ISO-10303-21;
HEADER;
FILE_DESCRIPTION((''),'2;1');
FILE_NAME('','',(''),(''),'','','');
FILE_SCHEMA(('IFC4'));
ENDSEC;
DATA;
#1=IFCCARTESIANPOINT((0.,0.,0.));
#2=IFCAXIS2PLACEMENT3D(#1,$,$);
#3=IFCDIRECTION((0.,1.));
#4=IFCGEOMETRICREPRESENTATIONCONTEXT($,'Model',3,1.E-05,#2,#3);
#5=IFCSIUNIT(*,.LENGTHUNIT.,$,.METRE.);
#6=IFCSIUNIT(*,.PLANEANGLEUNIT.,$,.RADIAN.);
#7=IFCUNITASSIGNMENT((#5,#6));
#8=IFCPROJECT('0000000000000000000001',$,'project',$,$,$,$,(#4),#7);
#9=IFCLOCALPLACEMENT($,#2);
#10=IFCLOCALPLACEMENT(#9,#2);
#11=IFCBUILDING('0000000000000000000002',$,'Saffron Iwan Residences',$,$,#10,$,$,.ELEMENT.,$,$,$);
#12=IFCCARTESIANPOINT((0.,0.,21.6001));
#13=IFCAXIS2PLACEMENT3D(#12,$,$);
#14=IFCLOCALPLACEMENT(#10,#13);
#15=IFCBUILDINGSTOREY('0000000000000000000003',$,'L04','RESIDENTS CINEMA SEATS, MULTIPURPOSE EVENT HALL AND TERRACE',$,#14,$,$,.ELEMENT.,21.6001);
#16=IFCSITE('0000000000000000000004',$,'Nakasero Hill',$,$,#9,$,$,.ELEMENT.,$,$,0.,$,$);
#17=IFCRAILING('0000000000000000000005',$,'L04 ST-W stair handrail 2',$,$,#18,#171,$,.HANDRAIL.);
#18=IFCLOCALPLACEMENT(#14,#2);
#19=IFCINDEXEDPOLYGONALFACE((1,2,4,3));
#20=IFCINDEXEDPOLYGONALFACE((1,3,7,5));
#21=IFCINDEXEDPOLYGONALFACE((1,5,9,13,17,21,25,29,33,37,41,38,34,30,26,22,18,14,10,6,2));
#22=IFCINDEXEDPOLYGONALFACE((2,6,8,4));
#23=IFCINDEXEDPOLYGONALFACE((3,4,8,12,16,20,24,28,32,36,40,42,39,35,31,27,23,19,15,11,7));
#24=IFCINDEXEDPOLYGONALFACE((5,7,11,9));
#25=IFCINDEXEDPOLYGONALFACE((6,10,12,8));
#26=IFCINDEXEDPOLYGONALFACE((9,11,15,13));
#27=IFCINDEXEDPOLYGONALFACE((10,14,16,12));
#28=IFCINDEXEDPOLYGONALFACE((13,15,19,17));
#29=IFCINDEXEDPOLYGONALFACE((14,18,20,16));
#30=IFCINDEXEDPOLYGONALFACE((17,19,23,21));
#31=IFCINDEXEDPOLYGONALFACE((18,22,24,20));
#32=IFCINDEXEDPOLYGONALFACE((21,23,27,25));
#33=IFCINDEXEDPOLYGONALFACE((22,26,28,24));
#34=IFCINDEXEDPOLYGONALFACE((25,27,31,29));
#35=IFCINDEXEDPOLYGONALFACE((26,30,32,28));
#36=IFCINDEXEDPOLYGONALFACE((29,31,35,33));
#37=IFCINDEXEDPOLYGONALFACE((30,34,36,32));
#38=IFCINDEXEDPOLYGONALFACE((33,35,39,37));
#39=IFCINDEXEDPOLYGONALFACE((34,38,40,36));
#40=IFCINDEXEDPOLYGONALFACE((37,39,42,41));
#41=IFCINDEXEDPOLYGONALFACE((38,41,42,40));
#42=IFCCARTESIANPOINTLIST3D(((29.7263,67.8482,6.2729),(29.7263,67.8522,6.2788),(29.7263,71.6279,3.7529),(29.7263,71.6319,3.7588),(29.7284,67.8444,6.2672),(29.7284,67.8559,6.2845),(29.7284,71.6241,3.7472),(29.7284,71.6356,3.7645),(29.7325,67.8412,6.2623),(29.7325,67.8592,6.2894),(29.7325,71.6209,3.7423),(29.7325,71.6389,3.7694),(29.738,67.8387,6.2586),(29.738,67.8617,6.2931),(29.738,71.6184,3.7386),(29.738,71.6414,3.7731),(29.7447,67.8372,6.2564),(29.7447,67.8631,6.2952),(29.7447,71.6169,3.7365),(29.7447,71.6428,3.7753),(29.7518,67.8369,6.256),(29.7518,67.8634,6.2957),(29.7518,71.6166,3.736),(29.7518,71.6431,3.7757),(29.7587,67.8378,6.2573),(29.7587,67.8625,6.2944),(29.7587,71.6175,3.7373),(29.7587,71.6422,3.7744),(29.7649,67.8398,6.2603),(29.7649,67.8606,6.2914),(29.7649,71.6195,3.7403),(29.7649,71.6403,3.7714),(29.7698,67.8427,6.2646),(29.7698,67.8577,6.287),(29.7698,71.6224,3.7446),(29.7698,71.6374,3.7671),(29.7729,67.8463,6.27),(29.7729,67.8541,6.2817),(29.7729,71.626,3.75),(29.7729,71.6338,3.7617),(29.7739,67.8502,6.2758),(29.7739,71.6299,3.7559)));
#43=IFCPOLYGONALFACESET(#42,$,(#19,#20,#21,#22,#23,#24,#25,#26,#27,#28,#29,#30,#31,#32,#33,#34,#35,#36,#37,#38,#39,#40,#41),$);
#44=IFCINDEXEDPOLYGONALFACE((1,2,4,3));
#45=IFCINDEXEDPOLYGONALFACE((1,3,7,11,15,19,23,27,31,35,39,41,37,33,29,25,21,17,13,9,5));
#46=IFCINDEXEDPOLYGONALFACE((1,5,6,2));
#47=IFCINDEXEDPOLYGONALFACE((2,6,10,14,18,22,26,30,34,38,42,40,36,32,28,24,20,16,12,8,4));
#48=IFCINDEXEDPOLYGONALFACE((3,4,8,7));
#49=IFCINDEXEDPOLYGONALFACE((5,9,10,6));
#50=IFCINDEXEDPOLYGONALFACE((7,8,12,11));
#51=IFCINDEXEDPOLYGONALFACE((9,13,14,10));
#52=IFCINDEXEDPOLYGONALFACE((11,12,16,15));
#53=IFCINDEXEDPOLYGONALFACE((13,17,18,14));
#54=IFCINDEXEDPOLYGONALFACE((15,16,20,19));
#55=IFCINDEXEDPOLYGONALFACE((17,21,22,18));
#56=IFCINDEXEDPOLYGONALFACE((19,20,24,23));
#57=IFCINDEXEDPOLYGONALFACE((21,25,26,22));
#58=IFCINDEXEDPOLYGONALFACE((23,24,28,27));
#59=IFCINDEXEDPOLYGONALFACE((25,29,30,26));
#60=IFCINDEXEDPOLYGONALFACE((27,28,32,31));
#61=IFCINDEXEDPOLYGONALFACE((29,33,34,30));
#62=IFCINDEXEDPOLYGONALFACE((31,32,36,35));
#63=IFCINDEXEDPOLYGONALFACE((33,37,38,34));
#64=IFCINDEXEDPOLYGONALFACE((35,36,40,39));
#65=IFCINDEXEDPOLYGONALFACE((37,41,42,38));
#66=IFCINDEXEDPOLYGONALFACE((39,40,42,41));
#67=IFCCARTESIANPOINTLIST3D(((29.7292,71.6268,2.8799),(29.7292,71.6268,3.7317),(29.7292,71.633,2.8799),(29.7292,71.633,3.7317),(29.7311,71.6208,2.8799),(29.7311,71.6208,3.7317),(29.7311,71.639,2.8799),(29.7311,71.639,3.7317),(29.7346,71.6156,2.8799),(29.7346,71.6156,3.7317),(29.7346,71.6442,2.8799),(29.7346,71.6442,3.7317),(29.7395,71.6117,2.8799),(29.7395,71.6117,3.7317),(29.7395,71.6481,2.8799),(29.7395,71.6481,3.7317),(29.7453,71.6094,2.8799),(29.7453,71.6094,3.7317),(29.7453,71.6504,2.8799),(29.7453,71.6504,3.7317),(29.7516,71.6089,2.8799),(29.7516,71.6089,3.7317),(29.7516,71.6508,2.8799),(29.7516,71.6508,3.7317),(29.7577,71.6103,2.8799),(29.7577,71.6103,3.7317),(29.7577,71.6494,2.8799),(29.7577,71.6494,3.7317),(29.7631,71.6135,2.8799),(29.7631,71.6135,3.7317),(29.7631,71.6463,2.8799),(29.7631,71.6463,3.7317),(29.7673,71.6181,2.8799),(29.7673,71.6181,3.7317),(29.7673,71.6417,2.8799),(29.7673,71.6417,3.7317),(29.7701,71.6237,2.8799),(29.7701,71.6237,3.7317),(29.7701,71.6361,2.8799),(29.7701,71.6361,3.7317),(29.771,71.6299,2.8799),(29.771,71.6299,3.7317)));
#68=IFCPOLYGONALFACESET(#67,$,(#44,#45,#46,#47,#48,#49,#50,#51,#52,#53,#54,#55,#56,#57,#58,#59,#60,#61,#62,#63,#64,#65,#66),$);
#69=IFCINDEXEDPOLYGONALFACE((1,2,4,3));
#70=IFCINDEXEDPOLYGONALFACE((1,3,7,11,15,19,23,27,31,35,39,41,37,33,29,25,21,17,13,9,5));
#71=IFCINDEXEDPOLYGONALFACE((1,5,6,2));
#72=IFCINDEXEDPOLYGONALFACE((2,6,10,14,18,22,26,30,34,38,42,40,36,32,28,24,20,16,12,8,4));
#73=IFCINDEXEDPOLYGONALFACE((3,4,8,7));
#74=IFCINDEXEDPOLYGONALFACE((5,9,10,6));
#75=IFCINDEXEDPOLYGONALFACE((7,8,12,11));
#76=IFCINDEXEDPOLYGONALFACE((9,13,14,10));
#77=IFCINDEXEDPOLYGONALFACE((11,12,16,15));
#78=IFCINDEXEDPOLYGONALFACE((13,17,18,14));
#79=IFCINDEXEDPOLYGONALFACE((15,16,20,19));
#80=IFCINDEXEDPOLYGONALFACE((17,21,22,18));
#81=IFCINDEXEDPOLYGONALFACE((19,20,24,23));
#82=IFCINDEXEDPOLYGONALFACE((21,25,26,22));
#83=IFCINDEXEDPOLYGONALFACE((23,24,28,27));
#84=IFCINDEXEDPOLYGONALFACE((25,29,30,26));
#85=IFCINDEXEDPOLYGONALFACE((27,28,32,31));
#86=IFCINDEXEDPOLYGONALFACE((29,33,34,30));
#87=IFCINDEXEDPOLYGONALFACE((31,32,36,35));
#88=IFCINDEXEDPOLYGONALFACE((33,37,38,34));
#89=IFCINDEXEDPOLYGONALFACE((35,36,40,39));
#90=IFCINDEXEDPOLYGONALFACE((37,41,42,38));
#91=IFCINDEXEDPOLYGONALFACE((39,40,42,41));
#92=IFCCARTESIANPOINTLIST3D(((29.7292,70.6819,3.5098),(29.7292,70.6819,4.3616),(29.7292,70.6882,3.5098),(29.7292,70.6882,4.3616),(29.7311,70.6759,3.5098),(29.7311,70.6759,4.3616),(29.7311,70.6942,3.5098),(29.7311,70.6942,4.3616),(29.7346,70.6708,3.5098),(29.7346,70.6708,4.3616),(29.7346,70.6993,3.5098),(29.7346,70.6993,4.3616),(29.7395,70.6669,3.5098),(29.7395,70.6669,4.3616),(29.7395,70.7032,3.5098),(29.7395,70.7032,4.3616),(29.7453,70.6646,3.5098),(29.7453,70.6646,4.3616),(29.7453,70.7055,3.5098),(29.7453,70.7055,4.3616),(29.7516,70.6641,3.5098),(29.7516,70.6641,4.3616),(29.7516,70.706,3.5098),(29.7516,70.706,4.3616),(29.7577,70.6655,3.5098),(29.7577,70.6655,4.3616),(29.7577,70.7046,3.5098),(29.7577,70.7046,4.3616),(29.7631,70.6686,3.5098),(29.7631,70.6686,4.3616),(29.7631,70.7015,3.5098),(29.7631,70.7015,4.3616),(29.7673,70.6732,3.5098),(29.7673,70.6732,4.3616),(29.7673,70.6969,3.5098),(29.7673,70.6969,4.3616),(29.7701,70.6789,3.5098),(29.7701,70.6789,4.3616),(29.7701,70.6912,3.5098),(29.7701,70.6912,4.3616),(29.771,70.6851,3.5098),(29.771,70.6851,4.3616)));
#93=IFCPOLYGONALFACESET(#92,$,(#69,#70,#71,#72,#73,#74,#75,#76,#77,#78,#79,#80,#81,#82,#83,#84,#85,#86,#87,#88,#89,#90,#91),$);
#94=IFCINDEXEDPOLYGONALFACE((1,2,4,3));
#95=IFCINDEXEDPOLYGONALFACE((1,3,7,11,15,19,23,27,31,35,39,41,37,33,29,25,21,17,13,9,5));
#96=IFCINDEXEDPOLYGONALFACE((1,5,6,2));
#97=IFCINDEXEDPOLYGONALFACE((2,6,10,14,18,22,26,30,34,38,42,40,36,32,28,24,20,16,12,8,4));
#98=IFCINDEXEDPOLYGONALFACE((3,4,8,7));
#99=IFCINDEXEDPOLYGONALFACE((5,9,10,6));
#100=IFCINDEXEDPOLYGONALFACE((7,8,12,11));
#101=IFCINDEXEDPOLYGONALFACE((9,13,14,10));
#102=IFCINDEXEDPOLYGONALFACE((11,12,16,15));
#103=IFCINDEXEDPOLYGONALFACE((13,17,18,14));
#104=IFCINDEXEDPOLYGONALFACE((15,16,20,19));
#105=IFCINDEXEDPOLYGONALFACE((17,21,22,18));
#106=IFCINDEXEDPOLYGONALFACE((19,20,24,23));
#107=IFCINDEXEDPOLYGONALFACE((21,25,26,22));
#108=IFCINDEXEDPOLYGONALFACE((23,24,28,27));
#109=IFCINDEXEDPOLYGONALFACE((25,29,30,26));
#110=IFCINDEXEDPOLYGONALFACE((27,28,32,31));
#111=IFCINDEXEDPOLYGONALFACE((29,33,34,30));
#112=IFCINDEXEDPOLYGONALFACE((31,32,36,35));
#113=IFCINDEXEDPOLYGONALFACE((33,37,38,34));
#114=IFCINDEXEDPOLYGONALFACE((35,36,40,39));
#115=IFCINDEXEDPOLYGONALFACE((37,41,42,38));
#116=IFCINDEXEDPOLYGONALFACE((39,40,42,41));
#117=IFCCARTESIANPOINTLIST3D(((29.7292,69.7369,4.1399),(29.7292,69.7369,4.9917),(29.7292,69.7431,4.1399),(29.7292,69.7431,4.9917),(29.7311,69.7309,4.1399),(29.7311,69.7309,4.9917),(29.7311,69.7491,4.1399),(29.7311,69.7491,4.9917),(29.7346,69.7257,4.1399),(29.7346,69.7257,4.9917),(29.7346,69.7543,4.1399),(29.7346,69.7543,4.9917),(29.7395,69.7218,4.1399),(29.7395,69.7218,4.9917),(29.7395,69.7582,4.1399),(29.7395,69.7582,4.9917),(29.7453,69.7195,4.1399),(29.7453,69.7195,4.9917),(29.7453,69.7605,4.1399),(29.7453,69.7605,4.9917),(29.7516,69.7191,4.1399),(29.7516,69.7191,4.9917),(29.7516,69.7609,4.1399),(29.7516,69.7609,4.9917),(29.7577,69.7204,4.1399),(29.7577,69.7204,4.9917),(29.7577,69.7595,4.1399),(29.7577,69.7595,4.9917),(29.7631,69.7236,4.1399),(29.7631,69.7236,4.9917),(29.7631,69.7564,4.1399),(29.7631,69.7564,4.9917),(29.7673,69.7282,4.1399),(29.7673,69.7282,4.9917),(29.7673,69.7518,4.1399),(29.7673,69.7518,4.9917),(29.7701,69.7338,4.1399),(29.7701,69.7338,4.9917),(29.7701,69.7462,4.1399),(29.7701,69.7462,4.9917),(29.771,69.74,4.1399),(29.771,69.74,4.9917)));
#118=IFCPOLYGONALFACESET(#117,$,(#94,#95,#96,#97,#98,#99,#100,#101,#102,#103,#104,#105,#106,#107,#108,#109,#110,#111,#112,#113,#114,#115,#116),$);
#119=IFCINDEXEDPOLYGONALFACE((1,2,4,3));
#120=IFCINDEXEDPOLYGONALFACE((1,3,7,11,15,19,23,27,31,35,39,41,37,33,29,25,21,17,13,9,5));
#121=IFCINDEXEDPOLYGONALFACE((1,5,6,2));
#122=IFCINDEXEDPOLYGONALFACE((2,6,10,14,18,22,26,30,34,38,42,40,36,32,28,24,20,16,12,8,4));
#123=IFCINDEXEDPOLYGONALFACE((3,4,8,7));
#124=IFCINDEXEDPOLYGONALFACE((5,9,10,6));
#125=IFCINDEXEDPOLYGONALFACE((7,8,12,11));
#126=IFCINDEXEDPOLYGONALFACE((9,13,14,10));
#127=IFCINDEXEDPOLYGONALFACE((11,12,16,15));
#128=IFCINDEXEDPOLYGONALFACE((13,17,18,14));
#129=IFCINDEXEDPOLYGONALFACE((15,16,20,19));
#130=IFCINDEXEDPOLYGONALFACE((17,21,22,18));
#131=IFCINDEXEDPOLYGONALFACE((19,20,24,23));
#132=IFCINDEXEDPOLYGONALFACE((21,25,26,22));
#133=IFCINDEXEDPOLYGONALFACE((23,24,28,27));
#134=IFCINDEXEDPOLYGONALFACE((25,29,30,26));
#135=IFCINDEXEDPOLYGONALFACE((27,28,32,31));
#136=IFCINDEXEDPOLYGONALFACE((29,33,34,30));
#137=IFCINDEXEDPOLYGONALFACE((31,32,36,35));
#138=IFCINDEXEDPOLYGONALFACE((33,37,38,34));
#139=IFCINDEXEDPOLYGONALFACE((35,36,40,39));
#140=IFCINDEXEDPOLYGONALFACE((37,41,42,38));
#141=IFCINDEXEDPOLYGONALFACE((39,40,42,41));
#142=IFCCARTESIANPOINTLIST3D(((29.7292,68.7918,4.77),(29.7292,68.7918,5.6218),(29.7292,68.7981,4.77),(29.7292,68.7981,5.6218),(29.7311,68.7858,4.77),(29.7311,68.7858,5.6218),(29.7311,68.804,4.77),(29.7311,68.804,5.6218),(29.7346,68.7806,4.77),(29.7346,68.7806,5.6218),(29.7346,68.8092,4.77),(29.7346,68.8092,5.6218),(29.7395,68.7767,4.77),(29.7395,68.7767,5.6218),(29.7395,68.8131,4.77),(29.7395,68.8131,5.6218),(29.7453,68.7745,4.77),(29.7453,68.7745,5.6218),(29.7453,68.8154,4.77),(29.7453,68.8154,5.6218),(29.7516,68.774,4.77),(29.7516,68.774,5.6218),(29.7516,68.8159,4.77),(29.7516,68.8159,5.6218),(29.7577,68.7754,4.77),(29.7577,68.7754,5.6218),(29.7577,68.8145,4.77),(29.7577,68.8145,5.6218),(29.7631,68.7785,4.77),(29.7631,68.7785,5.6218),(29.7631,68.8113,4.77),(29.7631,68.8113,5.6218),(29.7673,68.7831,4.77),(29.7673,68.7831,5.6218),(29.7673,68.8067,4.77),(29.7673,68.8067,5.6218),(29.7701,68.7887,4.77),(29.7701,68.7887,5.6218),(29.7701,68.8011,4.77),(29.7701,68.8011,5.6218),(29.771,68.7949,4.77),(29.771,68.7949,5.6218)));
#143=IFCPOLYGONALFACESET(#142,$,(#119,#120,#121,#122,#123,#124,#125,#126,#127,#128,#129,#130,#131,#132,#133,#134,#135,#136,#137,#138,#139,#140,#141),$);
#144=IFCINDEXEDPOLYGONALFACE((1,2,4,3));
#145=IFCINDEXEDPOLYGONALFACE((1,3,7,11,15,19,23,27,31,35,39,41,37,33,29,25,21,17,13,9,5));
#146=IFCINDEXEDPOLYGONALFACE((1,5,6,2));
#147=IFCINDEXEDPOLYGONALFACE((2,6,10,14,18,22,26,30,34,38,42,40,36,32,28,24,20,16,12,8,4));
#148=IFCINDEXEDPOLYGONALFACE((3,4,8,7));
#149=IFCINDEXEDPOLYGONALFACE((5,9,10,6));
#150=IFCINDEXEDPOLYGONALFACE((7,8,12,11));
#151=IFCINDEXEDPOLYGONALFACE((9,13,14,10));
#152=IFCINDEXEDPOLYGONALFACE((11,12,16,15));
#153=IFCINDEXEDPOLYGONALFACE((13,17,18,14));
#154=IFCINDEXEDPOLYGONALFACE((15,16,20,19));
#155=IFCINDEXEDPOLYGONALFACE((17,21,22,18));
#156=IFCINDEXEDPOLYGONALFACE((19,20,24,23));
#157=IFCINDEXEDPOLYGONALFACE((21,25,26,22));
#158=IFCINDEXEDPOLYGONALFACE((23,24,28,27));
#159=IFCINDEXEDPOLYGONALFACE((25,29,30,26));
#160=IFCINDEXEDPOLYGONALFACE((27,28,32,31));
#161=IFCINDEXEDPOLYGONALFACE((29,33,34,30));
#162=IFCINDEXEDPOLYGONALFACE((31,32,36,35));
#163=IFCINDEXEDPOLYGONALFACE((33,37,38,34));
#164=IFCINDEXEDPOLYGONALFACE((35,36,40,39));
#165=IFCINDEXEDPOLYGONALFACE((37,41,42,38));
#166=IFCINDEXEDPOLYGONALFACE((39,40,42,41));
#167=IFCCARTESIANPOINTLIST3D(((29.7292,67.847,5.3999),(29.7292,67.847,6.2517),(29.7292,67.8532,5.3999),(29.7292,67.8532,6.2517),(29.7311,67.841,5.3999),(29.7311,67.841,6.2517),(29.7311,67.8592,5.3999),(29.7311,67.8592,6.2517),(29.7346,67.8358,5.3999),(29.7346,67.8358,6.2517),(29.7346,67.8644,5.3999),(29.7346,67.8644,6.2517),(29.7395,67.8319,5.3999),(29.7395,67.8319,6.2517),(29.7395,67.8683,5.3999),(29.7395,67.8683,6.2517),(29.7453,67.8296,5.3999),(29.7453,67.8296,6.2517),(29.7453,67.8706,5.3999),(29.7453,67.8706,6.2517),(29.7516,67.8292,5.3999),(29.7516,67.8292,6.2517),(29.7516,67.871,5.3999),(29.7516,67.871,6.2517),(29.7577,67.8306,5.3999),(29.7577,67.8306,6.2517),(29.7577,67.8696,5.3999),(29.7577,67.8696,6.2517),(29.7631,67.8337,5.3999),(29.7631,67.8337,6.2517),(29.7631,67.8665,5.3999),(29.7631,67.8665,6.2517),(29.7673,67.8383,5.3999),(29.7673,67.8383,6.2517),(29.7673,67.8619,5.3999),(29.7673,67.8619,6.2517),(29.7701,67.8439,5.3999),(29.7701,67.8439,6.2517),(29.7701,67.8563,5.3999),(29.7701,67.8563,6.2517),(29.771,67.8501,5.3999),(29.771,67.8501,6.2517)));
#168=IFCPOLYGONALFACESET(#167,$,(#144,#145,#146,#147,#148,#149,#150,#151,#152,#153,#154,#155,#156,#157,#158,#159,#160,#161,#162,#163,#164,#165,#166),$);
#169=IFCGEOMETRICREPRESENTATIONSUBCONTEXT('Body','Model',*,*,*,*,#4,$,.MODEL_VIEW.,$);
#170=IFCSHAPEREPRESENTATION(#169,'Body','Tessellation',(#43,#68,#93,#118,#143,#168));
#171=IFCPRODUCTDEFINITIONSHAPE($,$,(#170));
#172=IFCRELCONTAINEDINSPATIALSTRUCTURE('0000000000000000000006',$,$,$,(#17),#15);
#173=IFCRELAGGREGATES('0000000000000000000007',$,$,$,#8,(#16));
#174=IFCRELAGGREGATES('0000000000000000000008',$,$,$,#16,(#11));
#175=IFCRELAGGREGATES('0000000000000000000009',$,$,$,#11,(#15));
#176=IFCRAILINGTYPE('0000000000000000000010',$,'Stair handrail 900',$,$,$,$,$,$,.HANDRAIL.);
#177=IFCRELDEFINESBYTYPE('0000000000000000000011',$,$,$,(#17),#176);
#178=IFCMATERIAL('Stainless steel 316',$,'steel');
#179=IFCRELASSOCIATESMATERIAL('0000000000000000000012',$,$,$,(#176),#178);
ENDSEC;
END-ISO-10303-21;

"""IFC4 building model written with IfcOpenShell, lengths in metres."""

from ifc_helpers import new_model, si_unit, direction, frame, origin, origin_2d, place, context, subcontext, project, spatial, circle, extrude, material, type_object, element, save


model = new_model("IFC4")

# Units and contexts
model_context = context("Model", 3, precision=1e-05, world=origin(), true_north=direction((0.0, 1.0)))
body_context = subcontext(model_context, "Body", "Model", "MODEL_VIEW")
ifc_project = project(units=[si_unit("LENGTHUNIT", "METRE"), si_unit("PLANEANGLEUNIT", "RADIAN")], contexts=[model_context])

# Site, building, storey
site_placement = place(None, origin())
site = spatial("IfcSite", under=ifc_project, at=site_placement, Name="Nakasero Hill", CompositionType="ELEMENT", RefElevation=0.0)
building_placement = place(site_placement, origin())
building = spatial("IfcBuilding", under=site, at=building_placement, Name="Saffron Iwan Residences", CompositionType="ELEMENT")
storey_placement = place(building_placement, frame((0.0, 0.0, 21.6001)))
storey = spatial("IfcBuildingStorey", under=building, at=storey_placement, Name="L04", Description="RESIDENTS CINEMA SEATS, MULTIPURPOSE EVENT HALL AND TERRACE", CompositionType="ELEMENT", Elevation=21.6001)

# Railing
ifc_material_1 = material(Name="Stainless steel 316", Category="steel")
railing_type_1 = type_object("IfcRailingType", Name="Stair handrail 900", PredefinedType="HANDRAIL", material=ifc_material_1)
railing_1_placement = place(storey_placement, frame((29.75, 71.6299, 2.8799)))
element("IfcRailing", 1, at=railing_1_placement, inside=storey, type_object=railing_type_1, Name="L04 ST-W stair handrail 2", PredefinedType="HANDRAIL", context=body_context, shape_type="SweptSolid", body=[
    extrude(circle(Radius=0.0239, at=origin_2d()), frame((0.0, 0.0, 0.876), z_axis=(0.0, -0.832034, 0.554725), x_axis=(1.0, 0.0, 0.0)), (0.0, 0.0, 1.0), 4.5427),
    extrude(circle(Radius=0.021, at=origin_2d()), origin(), (0.0, 0.0, 1.0), 0.8518),
    extrude(circle(Radius=0.021, at=origin_2d()), frame((0.0, -0.9448, 0.6299)), (0.0, 0.0, 1.0), 0.8518),
    extrude(circle(Radius=0.021, at=origin_2d()), frame((0.0, -1.8899, 1.26)), (0.0, 0.0, 1.0), 0.8518),
    extrude(circle(Radius=0.021, at=origin_2d()), frame((0.0, -2.835, 1.8901)), (0.0, 0.0, 1.0), 0.8518),
    extrude(circle(Radius=0.021, at=origin_2d()), frame((0.0, -3.7798, 2.52)), (0.0, 0.0, 1.0), 0.8518),
])

save(model, "model.ifc")
